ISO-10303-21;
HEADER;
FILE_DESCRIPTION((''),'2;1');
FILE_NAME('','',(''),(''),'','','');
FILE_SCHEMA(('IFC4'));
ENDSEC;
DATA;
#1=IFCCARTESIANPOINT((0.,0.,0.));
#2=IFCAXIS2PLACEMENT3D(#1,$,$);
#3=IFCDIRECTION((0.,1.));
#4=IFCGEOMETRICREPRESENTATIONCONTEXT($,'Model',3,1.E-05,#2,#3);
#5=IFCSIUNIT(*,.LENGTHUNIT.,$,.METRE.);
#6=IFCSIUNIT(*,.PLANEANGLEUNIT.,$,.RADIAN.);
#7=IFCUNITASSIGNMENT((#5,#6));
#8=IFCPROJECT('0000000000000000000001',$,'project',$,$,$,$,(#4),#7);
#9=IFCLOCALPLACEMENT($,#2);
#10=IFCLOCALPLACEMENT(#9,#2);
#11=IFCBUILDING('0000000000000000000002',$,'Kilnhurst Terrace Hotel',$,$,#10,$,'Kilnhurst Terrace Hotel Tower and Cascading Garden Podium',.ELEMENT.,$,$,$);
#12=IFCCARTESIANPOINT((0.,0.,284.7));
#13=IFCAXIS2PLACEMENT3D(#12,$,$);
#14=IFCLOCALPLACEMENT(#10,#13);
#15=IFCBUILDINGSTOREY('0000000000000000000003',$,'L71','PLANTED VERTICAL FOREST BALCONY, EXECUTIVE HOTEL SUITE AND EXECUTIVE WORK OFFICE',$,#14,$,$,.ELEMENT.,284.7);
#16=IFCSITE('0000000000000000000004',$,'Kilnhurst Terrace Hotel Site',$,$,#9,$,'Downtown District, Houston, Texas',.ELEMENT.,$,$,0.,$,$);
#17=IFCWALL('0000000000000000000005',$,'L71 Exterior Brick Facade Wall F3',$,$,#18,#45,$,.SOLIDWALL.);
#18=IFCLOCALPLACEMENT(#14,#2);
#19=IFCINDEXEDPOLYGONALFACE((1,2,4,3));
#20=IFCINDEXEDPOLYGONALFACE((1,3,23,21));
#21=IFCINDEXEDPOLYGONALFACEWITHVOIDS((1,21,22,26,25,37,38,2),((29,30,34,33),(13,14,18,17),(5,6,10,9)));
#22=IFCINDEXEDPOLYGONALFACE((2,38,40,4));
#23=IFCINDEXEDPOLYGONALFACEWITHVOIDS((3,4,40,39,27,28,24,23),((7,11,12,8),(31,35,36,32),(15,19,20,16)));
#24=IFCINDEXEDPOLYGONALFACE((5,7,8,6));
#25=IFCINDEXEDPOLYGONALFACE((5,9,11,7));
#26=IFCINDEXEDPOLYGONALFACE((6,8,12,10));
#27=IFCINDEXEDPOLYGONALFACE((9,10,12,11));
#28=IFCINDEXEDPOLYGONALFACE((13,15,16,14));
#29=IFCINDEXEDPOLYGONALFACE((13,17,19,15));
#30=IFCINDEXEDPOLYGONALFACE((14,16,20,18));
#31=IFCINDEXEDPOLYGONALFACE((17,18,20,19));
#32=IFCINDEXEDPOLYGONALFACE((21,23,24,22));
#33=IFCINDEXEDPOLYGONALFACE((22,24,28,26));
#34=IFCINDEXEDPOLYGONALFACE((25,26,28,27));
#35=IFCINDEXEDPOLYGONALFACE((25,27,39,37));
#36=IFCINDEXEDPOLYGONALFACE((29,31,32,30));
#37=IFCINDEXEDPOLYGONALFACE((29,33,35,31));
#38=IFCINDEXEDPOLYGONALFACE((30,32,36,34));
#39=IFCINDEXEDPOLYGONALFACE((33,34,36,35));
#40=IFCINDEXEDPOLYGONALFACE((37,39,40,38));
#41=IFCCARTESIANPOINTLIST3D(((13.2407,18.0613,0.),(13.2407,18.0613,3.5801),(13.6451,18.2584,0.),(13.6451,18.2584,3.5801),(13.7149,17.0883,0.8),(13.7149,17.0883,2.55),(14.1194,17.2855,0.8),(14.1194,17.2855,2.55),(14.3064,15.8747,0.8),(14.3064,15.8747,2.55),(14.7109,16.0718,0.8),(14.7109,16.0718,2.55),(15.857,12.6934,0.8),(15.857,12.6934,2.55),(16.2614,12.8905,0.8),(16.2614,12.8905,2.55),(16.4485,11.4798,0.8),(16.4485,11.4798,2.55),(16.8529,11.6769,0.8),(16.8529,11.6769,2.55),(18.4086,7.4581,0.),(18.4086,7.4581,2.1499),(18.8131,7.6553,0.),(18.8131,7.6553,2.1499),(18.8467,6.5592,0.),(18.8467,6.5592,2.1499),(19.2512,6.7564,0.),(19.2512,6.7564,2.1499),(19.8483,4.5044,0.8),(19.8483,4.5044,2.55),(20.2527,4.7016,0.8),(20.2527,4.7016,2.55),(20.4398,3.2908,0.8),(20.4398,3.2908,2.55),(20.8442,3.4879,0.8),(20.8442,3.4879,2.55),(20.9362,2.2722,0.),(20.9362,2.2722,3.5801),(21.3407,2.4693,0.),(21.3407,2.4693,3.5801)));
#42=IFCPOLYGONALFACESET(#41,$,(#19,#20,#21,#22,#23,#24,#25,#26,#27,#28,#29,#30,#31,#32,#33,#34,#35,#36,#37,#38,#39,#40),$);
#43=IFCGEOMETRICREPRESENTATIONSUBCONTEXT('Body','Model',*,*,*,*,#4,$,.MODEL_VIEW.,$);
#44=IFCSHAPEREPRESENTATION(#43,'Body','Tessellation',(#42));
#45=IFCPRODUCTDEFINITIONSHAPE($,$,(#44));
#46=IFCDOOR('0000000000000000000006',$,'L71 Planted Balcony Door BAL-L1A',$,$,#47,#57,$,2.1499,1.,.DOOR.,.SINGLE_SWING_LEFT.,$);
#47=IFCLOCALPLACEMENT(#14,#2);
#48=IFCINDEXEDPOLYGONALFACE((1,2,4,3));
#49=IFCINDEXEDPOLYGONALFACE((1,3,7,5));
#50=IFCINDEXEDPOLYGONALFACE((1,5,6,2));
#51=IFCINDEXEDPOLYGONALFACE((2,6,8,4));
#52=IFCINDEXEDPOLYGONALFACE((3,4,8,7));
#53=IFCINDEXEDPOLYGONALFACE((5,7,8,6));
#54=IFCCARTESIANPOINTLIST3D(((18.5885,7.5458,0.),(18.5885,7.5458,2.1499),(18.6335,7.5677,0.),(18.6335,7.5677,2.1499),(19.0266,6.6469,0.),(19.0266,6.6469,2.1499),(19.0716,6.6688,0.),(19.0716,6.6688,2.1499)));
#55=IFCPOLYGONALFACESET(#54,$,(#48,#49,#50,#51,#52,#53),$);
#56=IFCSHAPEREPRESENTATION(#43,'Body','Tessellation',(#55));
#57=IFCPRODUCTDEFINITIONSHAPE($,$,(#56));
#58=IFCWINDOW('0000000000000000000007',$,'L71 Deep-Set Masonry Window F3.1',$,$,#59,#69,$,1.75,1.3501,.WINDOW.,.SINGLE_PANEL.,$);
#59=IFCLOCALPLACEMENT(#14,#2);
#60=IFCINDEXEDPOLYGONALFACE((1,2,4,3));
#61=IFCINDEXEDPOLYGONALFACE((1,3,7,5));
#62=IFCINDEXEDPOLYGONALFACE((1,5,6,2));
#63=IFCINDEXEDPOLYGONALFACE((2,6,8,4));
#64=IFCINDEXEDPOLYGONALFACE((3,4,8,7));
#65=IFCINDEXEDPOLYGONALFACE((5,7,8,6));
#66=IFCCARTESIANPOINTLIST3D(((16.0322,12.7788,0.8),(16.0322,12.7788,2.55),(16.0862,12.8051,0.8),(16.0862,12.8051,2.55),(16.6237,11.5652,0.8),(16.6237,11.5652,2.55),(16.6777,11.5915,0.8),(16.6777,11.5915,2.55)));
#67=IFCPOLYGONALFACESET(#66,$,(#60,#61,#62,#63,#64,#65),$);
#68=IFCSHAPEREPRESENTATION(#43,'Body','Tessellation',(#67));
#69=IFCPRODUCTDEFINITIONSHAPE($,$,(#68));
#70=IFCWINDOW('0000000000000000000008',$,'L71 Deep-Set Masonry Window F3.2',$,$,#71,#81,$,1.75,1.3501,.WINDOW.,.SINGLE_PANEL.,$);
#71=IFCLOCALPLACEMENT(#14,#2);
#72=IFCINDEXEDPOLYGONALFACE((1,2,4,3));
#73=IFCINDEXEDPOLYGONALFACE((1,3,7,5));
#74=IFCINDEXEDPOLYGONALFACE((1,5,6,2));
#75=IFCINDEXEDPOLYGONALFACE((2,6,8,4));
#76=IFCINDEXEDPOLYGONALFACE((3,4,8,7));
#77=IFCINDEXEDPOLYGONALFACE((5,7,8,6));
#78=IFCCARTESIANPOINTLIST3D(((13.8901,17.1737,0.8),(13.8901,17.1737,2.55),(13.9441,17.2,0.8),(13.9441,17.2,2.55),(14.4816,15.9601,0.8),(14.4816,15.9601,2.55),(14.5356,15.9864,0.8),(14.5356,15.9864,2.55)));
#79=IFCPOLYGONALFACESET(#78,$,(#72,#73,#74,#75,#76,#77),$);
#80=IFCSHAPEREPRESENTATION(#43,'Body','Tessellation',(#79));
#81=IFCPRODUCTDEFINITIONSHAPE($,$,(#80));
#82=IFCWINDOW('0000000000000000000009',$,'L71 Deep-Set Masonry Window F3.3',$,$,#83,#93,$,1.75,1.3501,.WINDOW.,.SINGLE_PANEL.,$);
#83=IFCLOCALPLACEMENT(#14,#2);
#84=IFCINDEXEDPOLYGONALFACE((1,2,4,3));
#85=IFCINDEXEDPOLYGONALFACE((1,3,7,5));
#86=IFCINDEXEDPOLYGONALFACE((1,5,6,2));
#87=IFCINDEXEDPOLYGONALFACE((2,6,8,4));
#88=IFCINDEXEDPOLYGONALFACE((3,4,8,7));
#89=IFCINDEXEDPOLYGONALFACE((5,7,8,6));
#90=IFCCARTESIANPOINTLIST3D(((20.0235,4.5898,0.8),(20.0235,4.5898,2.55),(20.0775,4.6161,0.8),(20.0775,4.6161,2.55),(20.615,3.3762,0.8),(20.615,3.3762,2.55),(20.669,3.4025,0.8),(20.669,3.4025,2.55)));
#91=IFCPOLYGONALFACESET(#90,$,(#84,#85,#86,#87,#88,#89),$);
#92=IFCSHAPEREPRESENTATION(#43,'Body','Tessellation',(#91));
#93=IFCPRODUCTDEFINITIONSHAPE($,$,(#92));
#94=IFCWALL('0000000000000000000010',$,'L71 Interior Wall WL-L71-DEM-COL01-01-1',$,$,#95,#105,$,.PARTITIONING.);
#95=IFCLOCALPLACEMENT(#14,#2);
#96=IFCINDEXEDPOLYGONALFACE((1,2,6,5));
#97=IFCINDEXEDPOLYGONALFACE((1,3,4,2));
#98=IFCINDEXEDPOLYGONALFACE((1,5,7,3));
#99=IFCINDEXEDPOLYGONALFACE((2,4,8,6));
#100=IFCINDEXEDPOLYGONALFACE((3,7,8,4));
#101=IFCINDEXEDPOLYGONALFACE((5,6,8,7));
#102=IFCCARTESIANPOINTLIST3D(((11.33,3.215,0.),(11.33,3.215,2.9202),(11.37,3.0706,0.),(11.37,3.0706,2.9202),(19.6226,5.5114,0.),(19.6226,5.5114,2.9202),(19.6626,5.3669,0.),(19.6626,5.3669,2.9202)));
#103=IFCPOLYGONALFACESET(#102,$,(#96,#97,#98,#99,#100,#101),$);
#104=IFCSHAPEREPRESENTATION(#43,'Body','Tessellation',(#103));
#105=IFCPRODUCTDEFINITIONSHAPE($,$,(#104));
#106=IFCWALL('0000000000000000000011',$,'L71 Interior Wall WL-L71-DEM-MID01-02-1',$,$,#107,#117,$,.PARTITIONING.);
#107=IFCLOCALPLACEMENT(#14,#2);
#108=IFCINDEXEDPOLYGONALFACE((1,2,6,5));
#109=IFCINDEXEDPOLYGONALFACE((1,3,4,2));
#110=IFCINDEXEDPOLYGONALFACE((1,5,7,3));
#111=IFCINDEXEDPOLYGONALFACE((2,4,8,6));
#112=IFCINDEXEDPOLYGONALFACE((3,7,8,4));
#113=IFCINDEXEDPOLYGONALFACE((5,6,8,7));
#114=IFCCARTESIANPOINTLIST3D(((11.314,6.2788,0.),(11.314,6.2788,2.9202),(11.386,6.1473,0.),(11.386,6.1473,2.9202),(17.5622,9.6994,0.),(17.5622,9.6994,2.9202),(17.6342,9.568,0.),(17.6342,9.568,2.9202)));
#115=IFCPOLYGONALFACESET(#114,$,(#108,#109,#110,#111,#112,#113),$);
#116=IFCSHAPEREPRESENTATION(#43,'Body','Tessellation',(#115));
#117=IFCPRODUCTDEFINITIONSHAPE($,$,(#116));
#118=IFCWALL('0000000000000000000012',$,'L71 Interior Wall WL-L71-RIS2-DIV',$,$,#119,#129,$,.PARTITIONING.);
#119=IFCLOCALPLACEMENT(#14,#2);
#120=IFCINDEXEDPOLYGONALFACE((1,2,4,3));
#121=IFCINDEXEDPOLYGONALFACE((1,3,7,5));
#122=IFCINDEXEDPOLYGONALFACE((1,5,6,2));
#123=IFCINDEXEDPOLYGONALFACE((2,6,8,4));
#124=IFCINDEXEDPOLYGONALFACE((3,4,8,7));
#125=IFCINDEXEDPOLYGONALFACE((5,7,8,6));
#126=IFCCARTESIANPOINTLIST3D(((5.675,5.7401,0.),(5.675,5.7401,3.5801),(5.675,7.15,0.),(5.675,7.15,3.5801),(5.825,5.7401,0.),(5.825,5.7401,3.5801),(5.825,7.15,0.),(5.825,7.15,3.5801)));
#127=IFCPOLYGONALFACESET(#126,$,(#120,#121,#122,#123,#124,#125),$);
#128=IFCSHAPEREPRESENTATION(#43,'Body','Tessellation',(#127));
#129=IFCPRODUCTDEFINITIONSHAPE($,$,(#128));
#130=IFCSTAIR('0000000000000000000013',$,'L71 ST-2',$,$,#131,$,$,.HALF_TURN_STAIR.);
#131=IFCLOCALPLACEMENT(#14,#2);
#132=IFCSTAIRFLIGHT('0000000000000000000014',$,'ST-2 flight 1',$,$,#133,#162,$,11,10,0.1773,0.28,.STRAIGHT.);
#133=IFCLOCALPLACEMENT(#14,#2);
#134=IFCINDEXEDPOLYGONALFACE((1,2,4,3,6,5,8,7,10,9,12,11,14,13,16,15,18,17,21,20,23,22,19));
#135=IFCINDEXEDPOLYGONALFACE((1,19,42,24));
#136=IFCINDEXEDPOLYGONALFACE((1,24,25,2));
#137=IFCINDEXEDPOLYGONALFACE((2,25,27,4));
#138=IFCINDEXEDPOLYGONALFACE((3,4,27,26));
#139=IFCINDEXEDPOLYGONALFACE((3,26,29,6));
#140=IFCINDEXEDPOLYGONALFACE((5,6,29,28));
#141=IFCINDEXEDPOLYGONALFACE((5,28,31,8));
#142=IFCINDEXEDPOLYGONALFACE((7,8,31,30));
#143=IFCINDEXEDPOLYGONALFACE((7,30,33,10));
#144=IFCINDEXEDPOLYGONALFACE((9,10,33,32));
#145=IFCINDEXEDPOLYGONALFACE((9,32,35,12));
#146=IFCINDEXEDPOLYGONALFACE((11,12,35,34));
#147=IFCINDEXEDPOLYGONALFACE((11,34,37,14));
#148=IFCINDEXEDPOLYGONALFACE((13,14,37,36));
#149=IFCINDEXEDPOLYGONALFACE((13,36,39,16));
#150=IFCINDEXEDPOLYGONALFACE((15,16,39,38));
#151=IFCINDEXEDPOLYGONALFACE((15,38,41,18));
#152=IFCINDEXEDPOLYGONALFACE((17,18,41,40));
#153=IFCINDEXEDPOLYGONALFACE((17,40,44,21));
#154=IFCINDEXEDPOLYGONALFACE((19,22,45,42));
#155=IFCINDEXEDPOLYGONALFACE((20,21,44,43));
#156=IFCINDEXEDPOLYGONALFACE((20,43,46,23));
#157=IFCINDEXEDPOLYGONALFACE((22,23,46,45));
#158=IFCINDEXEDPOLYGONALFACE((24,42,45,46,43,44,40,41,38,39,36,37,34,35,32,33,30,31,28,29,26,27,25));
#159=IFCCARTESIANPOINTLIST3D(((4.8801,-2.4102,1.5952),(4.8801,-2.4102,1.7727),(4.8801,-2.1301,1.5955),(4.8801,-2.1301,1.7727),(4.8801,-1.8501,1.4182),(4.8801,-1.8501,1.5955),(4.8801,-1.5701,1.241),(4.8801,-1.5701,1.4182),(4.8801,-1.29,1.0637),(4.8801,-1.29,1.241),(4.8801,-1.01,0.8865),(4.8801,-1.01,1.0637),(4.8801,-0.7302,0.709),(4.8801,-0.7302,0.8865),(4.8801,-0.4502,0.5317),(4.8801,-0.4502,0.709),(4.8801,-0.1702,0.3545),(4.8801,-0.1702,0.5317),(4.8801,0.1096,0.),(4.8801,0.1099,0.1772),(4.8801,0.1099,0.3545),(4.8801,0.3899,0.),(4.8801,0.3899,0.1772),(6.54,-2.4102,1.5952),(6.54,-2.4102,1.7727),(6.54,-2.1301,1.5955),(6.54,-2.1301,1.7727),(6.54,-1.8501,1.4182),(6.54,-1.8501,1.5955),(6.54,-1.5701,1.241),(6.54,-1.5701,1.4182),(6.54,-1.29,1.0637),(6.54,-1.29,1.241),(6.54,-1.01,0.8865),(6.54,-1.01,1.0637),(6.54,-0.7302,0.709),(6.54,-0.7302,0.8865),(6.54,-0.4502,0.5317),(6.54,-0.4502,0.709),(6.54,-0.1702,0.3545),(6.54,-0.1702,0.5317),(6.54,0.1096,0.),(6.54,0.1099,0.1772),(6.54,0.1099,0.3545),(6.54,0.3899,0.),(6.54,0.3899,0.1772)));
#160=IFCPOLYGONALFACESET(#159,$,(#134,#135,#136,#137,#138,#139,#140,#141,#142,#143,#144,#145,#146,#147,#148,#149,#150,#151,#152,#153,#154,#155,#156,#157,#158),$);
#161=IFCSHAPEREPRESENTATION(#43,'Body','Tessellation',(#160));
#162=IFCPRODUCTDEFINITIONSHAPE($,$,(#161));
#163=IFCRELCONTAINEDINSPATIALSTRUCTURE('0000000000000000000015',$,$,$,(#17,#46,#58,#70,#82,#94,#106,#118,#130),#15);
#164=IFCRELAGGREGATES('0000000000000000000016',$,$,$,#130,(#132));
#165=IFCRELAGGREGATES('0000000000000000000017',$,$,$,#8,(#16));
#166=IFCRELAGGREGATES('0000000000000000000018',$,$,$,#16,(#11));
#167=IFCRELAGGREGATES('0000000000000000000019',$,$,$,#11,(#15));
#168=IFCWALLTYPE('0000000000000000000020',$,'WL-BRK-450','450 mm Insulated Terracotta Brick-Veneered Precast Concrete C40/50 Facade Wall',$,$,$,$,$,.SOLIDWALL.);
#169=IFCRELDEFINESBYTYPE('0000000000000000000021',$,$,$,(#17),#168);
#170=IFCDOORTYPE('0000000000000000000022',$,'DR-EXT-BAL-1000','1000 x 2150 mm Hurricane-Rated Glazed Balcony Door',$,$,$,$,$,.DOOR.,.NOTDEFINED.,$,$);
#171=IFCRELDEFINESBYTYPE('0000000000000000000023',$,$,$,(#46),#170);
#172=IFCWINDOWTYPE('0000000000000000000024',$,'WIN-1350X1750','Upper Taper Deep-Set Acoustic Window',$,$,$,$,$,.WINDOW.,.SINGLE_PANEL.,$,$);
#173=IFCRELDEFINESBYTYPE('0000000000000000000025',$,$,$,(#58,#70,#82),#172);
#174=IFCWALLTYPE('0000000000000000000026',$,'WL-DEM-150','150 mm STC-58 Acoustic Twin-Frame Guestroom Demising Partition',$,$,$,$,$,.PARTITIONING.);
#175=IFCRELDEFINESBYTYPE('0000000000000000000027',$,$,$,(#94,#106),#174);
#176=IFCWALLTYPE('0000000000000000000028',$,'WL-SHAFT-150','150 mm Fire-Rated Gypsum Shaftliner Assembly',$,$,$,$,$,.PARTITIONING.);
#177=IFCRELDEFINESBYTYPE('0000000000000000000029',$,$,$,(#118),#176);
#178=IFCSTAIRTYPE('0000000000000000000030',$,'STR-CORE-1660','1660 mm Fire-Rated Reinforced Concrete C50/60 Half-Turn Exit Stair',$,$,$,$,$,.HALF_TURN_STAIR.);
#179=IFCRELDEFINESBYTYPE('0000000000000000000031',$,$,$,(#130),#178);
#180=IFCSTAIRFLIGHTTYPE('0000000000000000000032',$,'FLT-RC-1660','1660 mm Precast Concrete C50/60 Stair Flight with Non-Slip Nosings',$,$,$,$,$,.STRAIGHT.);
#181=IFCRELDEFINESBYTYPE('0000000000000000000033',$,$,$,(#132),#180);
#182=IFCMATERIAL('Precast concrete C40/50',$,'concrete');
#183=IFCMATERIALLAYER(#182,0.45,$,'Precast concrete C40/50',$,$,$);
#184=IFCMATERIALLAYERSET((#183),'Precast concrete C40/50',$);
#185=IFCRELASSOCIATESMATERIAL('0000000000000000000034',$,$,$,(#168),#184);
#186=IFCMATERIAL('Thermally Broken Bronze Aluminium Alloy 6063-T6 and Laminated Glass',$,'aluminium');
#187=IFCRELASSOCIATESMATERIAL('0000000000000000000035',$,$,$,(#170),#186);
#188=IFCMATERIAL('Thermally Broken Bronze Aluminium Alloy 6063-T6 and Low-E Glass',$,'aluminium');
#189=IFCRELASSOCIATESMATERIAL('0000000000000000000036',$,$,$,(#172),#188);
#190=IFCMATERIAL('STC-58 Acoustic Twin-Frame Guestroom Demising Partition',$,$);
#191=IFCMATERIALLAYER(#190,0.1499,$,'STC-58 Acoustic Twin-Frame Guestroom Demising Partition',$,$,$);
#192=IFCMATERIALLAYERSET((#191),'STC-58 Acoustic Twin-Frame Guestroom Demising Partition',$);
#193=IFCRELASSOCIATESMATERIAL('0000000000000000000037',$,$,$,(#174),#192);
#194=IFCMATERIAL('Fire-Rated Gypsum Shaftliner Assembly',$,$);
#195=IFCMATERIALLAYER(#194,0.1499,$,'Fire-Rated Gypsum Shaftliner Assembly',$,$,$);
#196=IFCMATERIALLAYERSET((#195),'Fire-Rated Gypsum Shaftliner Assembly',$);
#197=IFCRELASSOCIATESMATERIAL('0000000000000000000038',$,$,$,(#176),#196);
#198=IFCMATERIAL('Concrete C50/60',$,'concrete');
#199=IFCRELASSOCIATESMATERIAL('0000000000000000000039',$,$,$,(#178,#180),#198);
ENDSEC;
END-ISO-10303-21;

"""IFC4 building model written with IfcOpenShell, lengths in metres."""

from ifc_helpers import new_model, si_unit, direction, frame, frame_2d, origin, place, context, subcontext, project, spatial, polyline, rectangle, outline, extrude, material, layer, layer_set, type_object, element, fill, aggregate, save


model = new_model("IFC4")

# Units and contexts
model_context = context("Model", 3, precision=1e-05, world=origin(), true_north=direction((0.0, 1.0)))
body_context = subcontext(model_context, "Body", "Model", "MODEL_VIEW")
ifc_project = project(units=[si_unit("LENGTHUNIT", "METRE"), si_unit("PLANEANGLEUNIT", "RADIAN")], contexts=[model_context])

# Site, building, storey
site_placement = place(None, origin())
site = spatial("IfcSite", under=ifc_project, at=site_placement, Name="Kilnhurst Terrace Hotel Site", LongName="Downtown District, Houston, Texas", CompositionType="ELEMENT", RefElevation=0.0)
building_placement = place(site_placement, origin())
building = spatial("IfcBuilding", under=site, at=building_placement, Name="Kilnhurst Terrace Hotel", LongName="Kilnhurst Terrace Hotel Tower and Cascading Garden Podium", CompositionType="ELEMENT")
storey_placement = place(building_placement, frame((0.0, 0.0, 284.7)))
storey = spatial("IfcBuildingStorey", under=building, at=storey_placement, Name="L71", Description="PLANTED VERTICAL FOREST BALCONY, EXECUTIVE HOTEL SUITE AND EXECUTIVE WORK OFFICE", CompositionType="ELEMENT", Elevation=284.7)

# Shared definitions
ifc_material_1 = material(Name="Concrete C50/60", Category="concrete")

# Shared definitions
ifc_material_2 = material(Name="Precast concrete C40/50", Category="concrete")
ifc_layer_1 = layer(ifc_material_2, 0.45, Name="Precast concrete C40/50")
ifc_layer_set_1 = layer_set([ifc_layer_1], Name="Precast concrete C40/50")
wall_type_1 = type_object("IfcWallType", Name="WL-BRK-450", Description="450 mm Insulated Terracotta Brick-Veneered Precast Concrete C40/50 Facade Wall", PredefinedType="SOLIDWALL", material=ifc_layer_set_1)

# Wall, openings, door, windows
wall_1_placement = place(storey_placement, frame((21.1384, 2.3708, 0.0), z_axis=(0.0, 0.0, 1.0), x_axis=(-0.438128, 0.898913, 0.0)))
wall_1 = element("IfcWall", 1, at=wall_1_placement, inside=storey, type_object=wall_type_1, Name="L71 Exterior Brick Facade Wall F3", PredefinedType="SOLIDWALL", context=body_context, shape_type="SweptSolid", body=[
    extrude(rectangle(XDim=17.5647, YDim=0.45, at=frame_2d((8.7822, 0.0))), origin(), (0.0, 0.0, 1.0), 3.5801),
])
opening_1_placement = place(wall_1_placement, frame((4.769, 0.0, 0.0)))
opening_1 = element("IfcOpeningElement", 2, at=opening_1_placement, cuts=wall_1, PredefinedType="OPENING", context=body_context, shape_type="SweptSolid", body=[
    extrude(rectangle(XDim=1.0, YDim=2.1499, at=frame_2d((0.5, 1.075))), frame((0.0, 0.2349, 0.0), z_axis=(0.0, -1.0, 0.0), x_axis=(1.0, 0.0, 0.0)), (0.0, 0.0, 1.0), 0.47),
])
opening_2_placement = place(wall_1_placement, frame((10.2429, 0.0, 0.8)))
opening_2 = element("IfcOpeningElement", 3, at=opening_2_placement, cuts=wall_1, PredefinedType="OPENING", context=body_context, shape_type="SweptSolid", body=[
    extrude(rectangle(XDim=1.3501, YDim=1.75, at=frame_2d((0.675, 0.875))), frame((0.0, 0.2349, 0.0), z_axis=(0.0, -1.0, 0.0), x_axis=(1.0, 0.0, 0.0)), (0.0, 0.0, 1.0), 0.47),
])
opening_3_placement = place(wall_1_placement, frame((15.1321, 0.0, 0.8)))
opening_3 = element("IfcOpeningElement", 4, at=opening_3_placement, cuts=wall_1, PredefinedType="OPENING", context=body_context, shape_type="SweptSolid", body=[
    extrude(rectangle(XDim=1.3501, YDim=1.75, at=frame_2d((0.675, 0.875))), frame((0.0, 0.2349, 0.0), z_axis=(0.0, -1.0, 0.0), x_axis=(1.0, 0.0, 0.0)), (0.0, 0.0, 1.0), 0.47),
])
opening_4_placement = place(wall_1_placement, frame((1.1331, 0.0, 0.8)))
opening_4 = element("IfcOpeningElement", 5, at=opening_4_placement, cuts=wall_1, PredefinedType="OPENING", context=body_context, shape_type="SweptSolid", body=[
    extrude(rectangle(XDim=1.3501, YDim=1.75, at=frame_2d((0.675, 0.875))), frame((0.0, 0.2349, 0.0), z_axis=(0.0, -1.0, 0.0), x_axis=(1.0, 0.0, 0.0)), (0.0, 0.0, 1.0), 0.47),
])
ifc_material_3 = material(Name="Thermally Broken Bronze Aluminium Alloy 6063-T6 and Laminated Glass", Category="aluminium")
door_type = type_object("IfcDoorType", Name="DR-EXT-BAL-1000", Description="1000 x 2150 mm Hurricane-Rated Glazed Balcony Door", OperationType="NOTDEFINED", PredefinedType="DOOR", material=ifc_material_3)
door_placement = place(opening_1_placement, origin())
door = element("IfcDoor", 6, at=door_placement, inside=storey, type_object=door_type, Name="L71 Planted Balcony Door BAL-L1A", OperationType="SINGLE_SWING_LEFT", OverallHeight=2.1499, OverallWidth=1.0, PredefinedType="DOOR", context=body_context, shape_type="SweptSolid", body=[
    extrude(rectangle(XDim=1.0, YDim=2.1499, at=frame_2d((0.5, 1.075))), frame((0.0, 0.0249, 0.0), z_axis=(0.0, -1.0, 0.0), x_axis=(1.0, 0.0, 0.0)), (0.0, 0.0, 1.0), 0.05),
])
fill(opening_1, door)
ifc_material_4 = material(Name="Thermally Broken Bronze Aluminium Alloy 6063-T6 and Low-E Glass", Category="aluminium")
window_type = type_object("IfcWindowType", Name="WIN-1350X1750", Description="Upper Taper Deep-Set Acoustic Window", PartitioningType="SINGLE_PANEL", PredefinedType="WINDOW", material=ifc_material_4)
window_1_placement = place(opening_2_placement, origin())
window_1 = element("IfcWindow", 7, at=window_1_placement, inside=storey, type_object=window_type, Name="L71 Deep-Set Masonry Window F3.1", OverallHeight=1.75, OverallWidth=1.3501, PartitioningType="SINGLE_PANEL", PredefinedType="WINDOW", context=body_context, shape_type="SweptSolid", body=[
    extrude(rectangle(XDim=1.3501, YDim=1.75, at=frame_2d((0.675, 0.875))), frame((0.0, 0.03, 0.0), z_axis=(0.0, -1.0, 0.0), x_axis=(1.0, 0.0, 0.0)), (0.0, 0.0, 1.0), 0.0601),
])
fill(opening_2, window_1)
window_2_placement = place(opening_3_placement, origin())
window_2 = element("IfcWindow", 8, at=window_2_placement, inside=storey, type_object=window_type, Name="L71 Deep-Set Masonry Window F3.2", OverallHeight=1.75, OverallWidth=1.3501, PartitioningType="SINGLE_PANEL", PredefinedType="WINDOW", context=body_context, shape_type="SweptSolid", body=[
    extrude(rectangle(XDim=1.3501, YDim=1.75, at=frame_2d((0.675, 0.875))), frame((0.0, 0.03, 0.0), z_axis=(0.0, -1.0, 0.0), x_axis=(1.0, 0.0, 0.0)), (0.0, 0.0, 1.0), 0.0601),
])
fill(opening_3, window_2)
window_3_placement = place(opening_4_placement, origin())
window_3 = element("IfcWindow", 9, at=window_3_placement, inside=storey, type_object=window_type, Name="L71 Deep-Set Masonry Window F3.3", OverallHeight=1.75, OverallWidth=1.3501, PartitioningType="SINGLE_PANEL", PredefinedType="WINDOW", context=body_context, shape_type="SweptSolid", body=[
    extrude(rectangle(XDim=1.3501, YDim=1.75, at=frame_2d((0.675, 0.875))), frame((0.0, 0.03, 0.0), z_axis=(0.0, -1.0, 0.0), x_axis=(1.0, 0.0, 0.0)), (0.0, 0.0, 1.0), 0.0601),
])
fill(opening_4, window_3)

# Walls
ifc_material_5 = material(Name="STC-58 Acoustic Twin-Frame Guestroom Demising Partition")
ifc_layer_2 = layer(ifc_material_5, 0.1499, Name="STC-58 Acoustic Twin-Frame Guestroom Demising Partition")
ifc_layer_set_2 = layer_set([ifc_layer_2], Name="STC-58 Acoustic Twin-Frame Guestroom Demising Partition")
wall_type_2 = type_object("IfcWallType", Name="WL-DEM-150", Description="150 mm STC-58 Acoustic Twin-Frame Guestroom Demising Partition", PredefinedType="PARTITIONING", material=ifc_layer_set_2)
wall_2_placement = place(storey_placement, frame((11.3501, 3.1428, 0.0), z_axis=(0.0, 0.0, 1.0), x_axis=(0.963732, 0.266873, 0.0)))
element("IfcWall", 10, at=wall_2_placement, inside=storey, type_object=wall_type_2, Name="L71 Interior Wall WL-L71-DEM-COL01-01-1", PredefinedType="PARTITIONING", context=body_context, shape_type="SweptSolid", body=[
    extrude(rectangle(XDim=8.6047, YDim=0.1499, at=frame_2d((4.3022, 0.0))), origin(), (0.0, 0.0, 1.0), 2.9202),
])
wall_3_placement = place(storey_placement, frame((11.3501, 6.2131, 0.0), z_axis=(0.0, 0.0, 1.0), x_axis=(0.877157, 0.480204, 0.0)))
element("IfcWall", 11, at=wall_3_placement, inside=storey, type_object=wall_type_2, Name="L71 Interior Wall WL-L71-DEM-MID01-02-1", PredefinedType="PARTITIONING", context=body_context, shape_type="SweptSolid", body=[
    extrude(rectangle(XDim=7.1233, YDim=0.1499, at=frame_2d((3.5615, 0.0))), origin(), (0.0, 0.0, 1.0), 2.9202),
])
ifc_material_6 = material(Name="Fire-Rated Gypsum Shaftliner Assembly")
ifc_layer_3 = layer(ifc_material_6, 0.1499, Name="Fire-Rated Gypsum Shaftliner Assembly")
ifc_layer_set_3 = layer_set([ifc_layer_3], Name="Fire-Rated Gypsum Shaftliner Assembly")
wall_type_3 = type_object("IfcWallType", Name="WL-SHAFT-150", Description="150 mm Fire-Rated Gypsum Shaftliner Assembly", PredefinedType="PARTITIONING", material=ifc_layer_set_3)
wall_4_placement = place(storey_placement, frame((5.75, 5.74, 0.0), z_axis=(0.0, 0.0, 1.0), x_axis=(0.0, 1.0, 0.0)))
element("IfcWall", 12, at=wall_4_placement, inside=storey, type_object=wall_type_3, Name="L71 Interior Wall WL-L71-RIS2-DIV", PredefinedType="PARTITIONING", context=body_context, shape_type="SweptSolid", body=[
    extrude(rectangle(XDim=1.4099, YDim=0.1499, at=frame_2d((0.7051, 0.0))), origin(), (0.0, 0.0, 1.0), 3.5801),
])

# Stair, stair flight
stair_type = type_object("IfcStairType", Name="STR-CORE-1660", Description="1660 mm Fire-Rated Reinforced Concrete C50/60 Half-Turn Exit Stair", PredefinedType="HALF_TURN_STAIR", material=ifc_material_1)
stair_placement = place(storey_placement, origin())
stair = element("IfcStair", 13, at=stair_placement, inside=storey, type_object=stair_type, Name="L71 ST-2", PredefinedType="HALF_TURN_STAIR")
stair_flight_type = type_object("IfcStairFlightType", Name="FLT-RC-1660", Description="1660 mm Precast Concrete C50/60 Stair Flight with Non-Slip Nosings", PredefinedType="STRAIGHT", material=ifc_material_1)
stair_flight_placement = place(storey_placement, frame((5.71, 0.3899, 0.0), z_axis=(0.0, 0.0, 1.0), x_axis=(0.0, -1.0, 0.0)))
stair_flight = element("IfcStairFlight", 14, at=stair_flight_placement, type_object=stair_flight_type, Name="ST-2 flight 1", NumberOfRisers=11, NumberOfTreads=10, PredefinedType="STRAIGHT", RiserHeight=0.1773, TreadLength=0.28, context=body_context, shape_type="SweptSolid", body=[
    extrude(outline(polyline([(0.0, 0.0), (0.0, 0.1772), (0.28, 0.1772), (0.28, 0.3545), (0.5601, 0.3545), (0.5601, 0.5317), (0.8401, 0.5317), (0.8401, 0.709), (1.1201, 0.709), (1.1201, 0.8865), (1.3999, 0.8865), (1.3999, 1.0637), (1.6799, 1.0637), (1.6799, 1.241), (1.96, 1.241), (1.96, 1.4182), (2.24, 1.4182), (2.24, 1.5955), (2.52, 1.5955), (2.52, 1.7727), (2.8, 1.7727), (2.8, 1.95), (2.8, 1.5952), (0.2803, 0.0), (0.0, 0.0)])), frame((0.0, 0.8301, 0.0), z_axis=(0.0, -1.0, 0.0), x_axis=(1.0, 0.0, 0.0)), (0.0, 0.0, 1.0), 1.6599),
])
aggregate(stair, [stair_flight])

save(model, "model.ifc")
